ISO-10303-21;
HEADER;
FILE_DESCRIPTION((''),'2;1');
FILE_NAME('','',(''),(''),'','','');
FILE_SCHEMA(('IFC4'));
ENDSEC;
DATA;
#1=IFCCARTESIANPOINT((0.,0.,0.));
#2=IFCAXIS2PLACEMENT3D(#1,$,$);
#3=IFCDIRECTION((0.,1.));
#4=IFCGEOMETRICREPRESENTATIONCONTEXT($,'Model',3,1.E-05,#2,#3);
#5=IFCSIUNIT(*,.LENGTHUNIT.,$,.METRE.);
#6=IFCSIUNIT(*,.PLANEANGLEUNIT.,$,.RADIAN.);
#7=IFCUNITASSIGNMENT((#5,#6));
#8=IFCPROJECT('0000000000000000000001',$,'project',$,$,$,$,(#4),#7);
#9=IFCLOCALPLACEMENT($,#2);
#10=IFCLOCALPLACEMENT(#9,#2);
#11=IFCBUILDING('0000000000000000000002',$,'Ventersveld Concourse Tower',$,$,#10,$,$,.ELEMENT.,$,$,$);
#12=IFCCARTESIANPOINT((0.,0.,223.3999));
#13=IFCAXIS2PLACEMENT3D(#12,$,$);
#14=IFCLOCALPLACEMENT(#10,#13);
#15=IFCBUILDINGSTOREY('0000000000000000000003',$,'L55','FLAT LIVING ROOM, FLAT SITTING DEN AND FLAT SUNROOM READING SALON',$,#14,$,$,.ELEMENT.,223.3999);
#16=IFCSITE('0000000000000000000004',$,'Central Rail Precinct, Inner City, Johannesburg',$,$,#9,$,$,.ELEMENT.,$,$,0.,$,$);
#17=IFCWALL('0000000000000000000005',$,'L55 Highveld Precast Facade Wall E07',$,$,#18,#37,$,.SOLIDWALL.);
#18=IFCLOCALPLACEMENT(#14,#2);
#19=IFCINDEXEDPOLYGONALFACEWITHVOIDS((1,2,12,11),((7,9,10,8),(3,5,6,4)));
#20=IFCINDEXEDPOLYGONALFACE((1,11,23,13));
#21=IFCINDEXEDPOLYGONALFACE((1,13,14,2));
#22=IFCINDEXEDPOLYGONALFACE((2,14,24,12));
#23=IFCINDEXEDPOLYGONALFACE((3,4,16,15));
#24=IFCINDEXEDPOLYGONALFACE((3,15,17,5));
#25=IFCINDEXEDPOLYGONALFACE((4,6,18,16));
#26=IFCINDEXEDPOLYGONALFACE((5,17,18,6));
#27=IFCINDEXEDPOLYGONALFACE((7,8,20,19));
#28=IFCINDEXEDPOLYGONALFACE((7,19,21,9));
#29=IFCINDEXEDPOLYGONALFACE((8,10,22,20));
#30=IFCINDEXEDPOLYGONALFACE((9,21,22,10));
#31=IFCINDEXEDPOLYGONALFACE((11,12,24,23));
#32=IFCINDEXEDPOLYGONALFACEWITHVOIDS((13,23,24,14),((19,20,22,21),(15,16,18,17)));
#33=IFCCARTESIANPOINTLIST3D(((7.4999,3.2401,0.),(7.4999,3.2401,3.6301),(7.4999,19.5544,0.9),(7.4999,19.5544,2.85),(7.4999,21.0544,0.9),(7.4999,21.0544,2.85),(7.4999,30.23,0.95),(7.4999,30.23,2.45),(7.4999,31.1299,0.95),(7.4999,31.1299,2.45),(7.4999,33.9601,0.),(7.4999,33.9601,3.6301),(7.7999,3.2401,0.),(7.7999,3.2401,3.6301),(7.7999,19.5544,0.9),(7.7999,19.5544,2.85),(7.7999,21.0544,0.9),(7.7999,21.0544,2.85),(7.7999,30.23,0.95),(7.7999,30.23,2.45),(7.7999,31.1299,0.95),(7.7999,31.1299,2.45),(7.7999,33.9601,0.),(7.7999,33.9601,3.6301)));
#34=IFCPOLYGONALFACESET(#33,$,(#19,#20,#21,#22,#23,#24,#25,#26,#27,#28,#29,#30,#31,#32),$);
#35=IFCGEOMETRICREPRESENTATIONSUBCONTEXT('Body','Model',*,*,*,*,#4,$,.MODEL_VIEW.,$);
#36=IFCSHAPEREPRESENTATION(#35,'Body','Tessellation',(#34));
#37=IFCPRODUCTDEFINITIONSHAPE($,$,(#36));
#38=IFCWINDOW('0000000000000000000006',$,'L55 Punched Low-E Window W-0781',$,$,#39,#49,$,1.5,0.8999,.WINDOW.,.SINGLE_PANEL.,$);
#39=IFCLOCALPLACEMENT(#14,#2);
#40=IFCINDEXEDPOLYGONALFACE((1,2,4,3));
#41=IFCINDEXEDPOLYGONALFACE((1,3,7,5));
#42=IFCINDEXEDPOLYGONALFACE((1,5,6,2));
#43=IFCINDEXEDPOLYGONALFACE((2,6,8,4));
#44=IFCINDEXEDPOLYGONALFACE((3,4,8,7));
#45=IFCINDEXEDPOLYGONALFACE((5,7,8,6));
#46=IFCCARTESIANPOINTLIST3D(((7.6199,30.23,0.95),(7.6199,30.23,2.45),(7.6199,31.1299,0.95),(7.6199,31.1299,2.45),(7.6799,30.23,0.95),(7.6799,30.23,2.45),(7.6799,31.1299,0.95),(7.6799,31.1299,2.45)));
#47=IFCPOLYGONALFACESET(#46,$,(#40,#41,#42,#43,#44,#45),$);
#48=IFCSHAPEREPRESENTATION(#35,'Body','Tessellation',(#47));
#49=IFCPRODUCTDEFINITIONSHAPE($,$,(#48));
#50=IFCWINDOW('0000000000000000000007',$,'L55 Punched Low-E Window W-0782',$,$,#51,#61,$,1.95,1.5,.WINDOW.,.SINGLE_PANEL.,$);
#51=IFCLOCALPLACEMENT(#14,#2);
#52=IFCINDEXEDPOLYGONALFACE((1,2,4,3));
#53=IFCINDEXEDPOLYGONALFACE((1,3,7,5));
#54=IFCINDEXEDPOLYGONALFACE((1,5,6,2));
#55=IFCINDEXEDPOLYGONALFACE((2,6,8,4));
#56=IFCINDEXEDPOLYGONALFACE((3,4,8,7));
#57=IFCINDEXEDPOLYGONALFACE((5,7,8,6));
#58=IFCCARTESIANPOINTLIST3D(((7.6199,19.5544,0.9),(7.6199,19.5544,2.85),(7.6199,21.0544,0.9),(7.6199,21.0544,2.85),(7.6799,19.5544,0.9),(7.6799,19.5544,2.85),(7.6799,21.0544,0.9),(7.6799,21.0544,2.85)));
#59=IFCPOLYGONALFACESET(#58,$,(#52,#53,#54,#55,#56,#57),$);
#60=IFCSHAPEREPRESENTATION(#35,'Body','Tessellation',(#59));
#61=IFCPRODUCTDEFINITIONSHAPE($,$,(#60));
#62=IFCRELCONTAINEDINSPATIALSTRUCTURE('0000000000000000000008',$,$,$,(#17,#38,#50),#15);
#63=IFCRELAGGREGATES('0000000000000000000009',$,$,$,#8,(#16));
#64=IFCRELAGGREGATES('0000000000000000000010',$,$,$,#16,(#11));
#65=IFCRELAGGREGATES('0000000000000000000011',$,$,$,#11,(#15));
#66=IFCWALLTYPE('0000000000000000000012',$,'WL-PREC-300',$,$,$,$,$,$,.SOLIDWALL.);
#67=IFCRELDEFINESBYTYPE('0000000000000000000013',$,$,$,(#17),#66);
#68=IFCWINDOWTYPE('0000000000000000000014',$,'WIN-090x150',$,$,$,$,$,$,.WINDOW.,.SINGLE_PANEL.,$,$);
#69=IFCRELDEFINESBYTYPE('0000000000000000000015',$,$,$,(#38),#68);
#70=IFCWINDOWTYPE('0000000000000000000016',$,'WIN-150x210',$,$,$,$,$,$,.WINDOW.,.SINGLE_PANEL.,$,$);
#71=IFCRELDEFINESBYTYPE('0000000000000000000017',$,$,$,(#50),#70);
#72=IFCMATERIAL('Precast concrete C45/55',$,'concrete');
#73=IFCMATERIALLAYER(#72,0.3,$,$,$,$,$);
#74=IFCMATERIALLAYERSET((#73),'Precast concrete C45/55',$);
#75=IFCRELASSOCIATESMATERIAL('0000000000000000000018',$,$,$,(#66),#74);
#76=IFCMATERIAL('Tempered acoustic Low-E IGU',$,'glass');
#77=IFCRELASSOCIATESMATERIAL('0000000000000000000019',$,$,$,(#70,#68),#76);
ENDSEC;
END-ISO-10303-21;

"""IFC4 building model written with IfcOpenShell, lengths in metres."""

from ifc_helpers import new_model, si_unit, direction, frame, frame_2d, origin, place, context, subcontext, project, spatial, rectangle, extrude, material, layer, layer_set, type_object, element, fill, save


model = new_model("IFC4")

# Units and contexts
model_context = context("Model", 3, precision=1e-05, world=origin(), true_north=direction((0.0, 1.0)))
body_context = subcontext(model_context, "Body", "Model", "MODEL_VIEW")
ifc_project = project(units=[si_unit("LENGTHUNIT", "METRE"), si_unit("PLANEANGLEUNIT", "RADIAN")], contexts=[model_context])

# Site, building, storey
site_placement = place(None, origin())
site = spatial("IfcSite", under=ifc_project, at=site_placement, Name="Central Rail Precinct, Inner City, Johannesburg", CompositionType="ELEMENT", RefElevation=0.0)
building_placement = place(site_placement, origin())
building = spatial("IfcBuilding", under=site, at=building_placement, Name="Ventersveld Concourse Tower", CompositionType="ELEMENT")
storey_placement = place(building_placement, frame((0.0, 0.0, 223.3999)))
storey = spatial("IfcBuildingStorey", under=building, at=storey_placement, Name="L55", Description="FLAT LIVING ROOM, FLAT SITTING DEN AND FLAT SUNROOM READING SALON", CompositionType="ELEMENT", Elevation=223.3999)

# Shared definitions
ifc_material_1 = material(Name="Precast concrete C45/55", Category="concrete")
ifc_layer_1 = layer(ifc_material_1, 0.3)
ifc_layer_set_1 = layer_set([ifc_layer_1], Name="Precast concrete C45/55")
wall_type_1 = type_object("IfcWallType", Name="WL-PREC-300", PredefinedType="SOLIDWALL", material=ifc_layer_set_1)
ifc_material_2 = material(Name="Tempered acoustic Low-E IGU", Category="glass")
window_type_1 = type_object("IfcWindowType", Name="WIN-150x210", PartitioningType="SINGLE_PANEL", PredefinedType="WINDOW", material=ifc_material_2)

# Wall, openings, windows
wall_1_placement = place(storey_placement, frame((7.6499, 33.96, 0.0), z_axis=(0.0, 0.0, 1.0), x_axis=(0.0, -1.0, 0.0)))
wall_1 = element("IfcWall", 1, at=wall_1_placement, inside=storey, type_object=wall_type_1, Name="L55 Highveld Precast Facade Wall E07", PredefinedType="SOLIDWALL", context=body_context, shape_type="SweptSolid", body=[
    extrude(rectangle(XDim=30.72, YDim=0.3, at=frame_2d((15.3599, 0.0))), origin(), (0.0, 0.0, 1.0), 3.6301),
])
opening_1_placement = place(wall_1_placement, frame((2.8301, 0.0, 0.95)))
opening_1 = element("IfcOpeningElement", 2, at=opening_1_placement, cuts=wall_1, PredefinedType="OPENING", context=body_context, shape_type="SweptSolid", body=[
    extrude(rectangle(XDim=0.8999, YDim=1.5, at=frame_2d((0.45, 0.75))), frame((0.0, 0.1602, 0.0), z_axis=(0.0, -1.0, 0.0), x_axis=(1.0, 0.0, 0.0)), (0.0, 0.0, 1.0), 0.3201),
])
opening_2_placement = place(wall_1_placement, frame((12.9055, 0.0, 0.8999)))
opening_2 = element("IfcOpeningElement", 3, at=opening_2_placement, cuts=wall_1, PredefinedType="OPENING", context=body_context, shape_type="SweptSolid", body=[
    extrude(rectangle(XDim=1.5, YDim=1.95, at=frame_2d((0.75, 0.9751))), frame((0.0, 0.1602, 0.0), z_axis=(0.0, -1.0, 0.0), x_axis=(1.0, 0.0, 0.0)), (0.0, 0.0, 1.0), 0.3201),
])
window_type_2 = type_object("IfcWindowType", Name="WIN-090x150", PartitioningType="SINGLE_PANEL", PredefinedType="WINDOW", material=ifc_material_2)
window_1_placement = place(opening_1_placement, origin())
window_1 = element("IfcWindow", 4, at=window_1_placement, inside=storey, type_object=window_type_2, Name="L55 Punched Low-E Window W-0781", OverallHeight=1.5, OverallWidth=0.8999, PartitioningType="SINGLE_PANEL", PredefinedType="WINDOW", context=body_context, shape_type="SweptSolid", body=[
    extrude(rectangle(XDim=0.8999, YDim=1.5, at=frame_2d((0.45, 0.75))), frame((0.0, 0.03, 0.0), z_axis=(0.0, -1.0, 0.0), x_axis=(1.0, 0.0, 0.0)), (0.0, 0.0, 1.0), 0.0601),
])
fill(opening_1, window_1)
window_2_placement = place(opening_2_placement, origin())
window_2 = element("IfcWindow", 5, at=window_2_placement, inside=storey, type_object=window_type_1, Name="L55 Punched Low-E Window W-0782", OverallHeight=1.95, OverallWidth=1.5, PartitioningType="SINGLE_PANEL", PredefinedType="WINDOW", context=body_context, shape_type="SweptSolid", body=[
    extrude(rectangle(XDim=1.5, YDim=1.95, at=frame_2d((0.75, 0.9751))), frame((0.0, 0.03, 0.0), z_axis=(0.0, -1.0, 0.0), x_axis=(1.0, 0.0, 0.0)), (0.0, 0.0, 1.0), 0.0601),
])
fill(opening_2, window_2)

save(model, "model.ifc")
